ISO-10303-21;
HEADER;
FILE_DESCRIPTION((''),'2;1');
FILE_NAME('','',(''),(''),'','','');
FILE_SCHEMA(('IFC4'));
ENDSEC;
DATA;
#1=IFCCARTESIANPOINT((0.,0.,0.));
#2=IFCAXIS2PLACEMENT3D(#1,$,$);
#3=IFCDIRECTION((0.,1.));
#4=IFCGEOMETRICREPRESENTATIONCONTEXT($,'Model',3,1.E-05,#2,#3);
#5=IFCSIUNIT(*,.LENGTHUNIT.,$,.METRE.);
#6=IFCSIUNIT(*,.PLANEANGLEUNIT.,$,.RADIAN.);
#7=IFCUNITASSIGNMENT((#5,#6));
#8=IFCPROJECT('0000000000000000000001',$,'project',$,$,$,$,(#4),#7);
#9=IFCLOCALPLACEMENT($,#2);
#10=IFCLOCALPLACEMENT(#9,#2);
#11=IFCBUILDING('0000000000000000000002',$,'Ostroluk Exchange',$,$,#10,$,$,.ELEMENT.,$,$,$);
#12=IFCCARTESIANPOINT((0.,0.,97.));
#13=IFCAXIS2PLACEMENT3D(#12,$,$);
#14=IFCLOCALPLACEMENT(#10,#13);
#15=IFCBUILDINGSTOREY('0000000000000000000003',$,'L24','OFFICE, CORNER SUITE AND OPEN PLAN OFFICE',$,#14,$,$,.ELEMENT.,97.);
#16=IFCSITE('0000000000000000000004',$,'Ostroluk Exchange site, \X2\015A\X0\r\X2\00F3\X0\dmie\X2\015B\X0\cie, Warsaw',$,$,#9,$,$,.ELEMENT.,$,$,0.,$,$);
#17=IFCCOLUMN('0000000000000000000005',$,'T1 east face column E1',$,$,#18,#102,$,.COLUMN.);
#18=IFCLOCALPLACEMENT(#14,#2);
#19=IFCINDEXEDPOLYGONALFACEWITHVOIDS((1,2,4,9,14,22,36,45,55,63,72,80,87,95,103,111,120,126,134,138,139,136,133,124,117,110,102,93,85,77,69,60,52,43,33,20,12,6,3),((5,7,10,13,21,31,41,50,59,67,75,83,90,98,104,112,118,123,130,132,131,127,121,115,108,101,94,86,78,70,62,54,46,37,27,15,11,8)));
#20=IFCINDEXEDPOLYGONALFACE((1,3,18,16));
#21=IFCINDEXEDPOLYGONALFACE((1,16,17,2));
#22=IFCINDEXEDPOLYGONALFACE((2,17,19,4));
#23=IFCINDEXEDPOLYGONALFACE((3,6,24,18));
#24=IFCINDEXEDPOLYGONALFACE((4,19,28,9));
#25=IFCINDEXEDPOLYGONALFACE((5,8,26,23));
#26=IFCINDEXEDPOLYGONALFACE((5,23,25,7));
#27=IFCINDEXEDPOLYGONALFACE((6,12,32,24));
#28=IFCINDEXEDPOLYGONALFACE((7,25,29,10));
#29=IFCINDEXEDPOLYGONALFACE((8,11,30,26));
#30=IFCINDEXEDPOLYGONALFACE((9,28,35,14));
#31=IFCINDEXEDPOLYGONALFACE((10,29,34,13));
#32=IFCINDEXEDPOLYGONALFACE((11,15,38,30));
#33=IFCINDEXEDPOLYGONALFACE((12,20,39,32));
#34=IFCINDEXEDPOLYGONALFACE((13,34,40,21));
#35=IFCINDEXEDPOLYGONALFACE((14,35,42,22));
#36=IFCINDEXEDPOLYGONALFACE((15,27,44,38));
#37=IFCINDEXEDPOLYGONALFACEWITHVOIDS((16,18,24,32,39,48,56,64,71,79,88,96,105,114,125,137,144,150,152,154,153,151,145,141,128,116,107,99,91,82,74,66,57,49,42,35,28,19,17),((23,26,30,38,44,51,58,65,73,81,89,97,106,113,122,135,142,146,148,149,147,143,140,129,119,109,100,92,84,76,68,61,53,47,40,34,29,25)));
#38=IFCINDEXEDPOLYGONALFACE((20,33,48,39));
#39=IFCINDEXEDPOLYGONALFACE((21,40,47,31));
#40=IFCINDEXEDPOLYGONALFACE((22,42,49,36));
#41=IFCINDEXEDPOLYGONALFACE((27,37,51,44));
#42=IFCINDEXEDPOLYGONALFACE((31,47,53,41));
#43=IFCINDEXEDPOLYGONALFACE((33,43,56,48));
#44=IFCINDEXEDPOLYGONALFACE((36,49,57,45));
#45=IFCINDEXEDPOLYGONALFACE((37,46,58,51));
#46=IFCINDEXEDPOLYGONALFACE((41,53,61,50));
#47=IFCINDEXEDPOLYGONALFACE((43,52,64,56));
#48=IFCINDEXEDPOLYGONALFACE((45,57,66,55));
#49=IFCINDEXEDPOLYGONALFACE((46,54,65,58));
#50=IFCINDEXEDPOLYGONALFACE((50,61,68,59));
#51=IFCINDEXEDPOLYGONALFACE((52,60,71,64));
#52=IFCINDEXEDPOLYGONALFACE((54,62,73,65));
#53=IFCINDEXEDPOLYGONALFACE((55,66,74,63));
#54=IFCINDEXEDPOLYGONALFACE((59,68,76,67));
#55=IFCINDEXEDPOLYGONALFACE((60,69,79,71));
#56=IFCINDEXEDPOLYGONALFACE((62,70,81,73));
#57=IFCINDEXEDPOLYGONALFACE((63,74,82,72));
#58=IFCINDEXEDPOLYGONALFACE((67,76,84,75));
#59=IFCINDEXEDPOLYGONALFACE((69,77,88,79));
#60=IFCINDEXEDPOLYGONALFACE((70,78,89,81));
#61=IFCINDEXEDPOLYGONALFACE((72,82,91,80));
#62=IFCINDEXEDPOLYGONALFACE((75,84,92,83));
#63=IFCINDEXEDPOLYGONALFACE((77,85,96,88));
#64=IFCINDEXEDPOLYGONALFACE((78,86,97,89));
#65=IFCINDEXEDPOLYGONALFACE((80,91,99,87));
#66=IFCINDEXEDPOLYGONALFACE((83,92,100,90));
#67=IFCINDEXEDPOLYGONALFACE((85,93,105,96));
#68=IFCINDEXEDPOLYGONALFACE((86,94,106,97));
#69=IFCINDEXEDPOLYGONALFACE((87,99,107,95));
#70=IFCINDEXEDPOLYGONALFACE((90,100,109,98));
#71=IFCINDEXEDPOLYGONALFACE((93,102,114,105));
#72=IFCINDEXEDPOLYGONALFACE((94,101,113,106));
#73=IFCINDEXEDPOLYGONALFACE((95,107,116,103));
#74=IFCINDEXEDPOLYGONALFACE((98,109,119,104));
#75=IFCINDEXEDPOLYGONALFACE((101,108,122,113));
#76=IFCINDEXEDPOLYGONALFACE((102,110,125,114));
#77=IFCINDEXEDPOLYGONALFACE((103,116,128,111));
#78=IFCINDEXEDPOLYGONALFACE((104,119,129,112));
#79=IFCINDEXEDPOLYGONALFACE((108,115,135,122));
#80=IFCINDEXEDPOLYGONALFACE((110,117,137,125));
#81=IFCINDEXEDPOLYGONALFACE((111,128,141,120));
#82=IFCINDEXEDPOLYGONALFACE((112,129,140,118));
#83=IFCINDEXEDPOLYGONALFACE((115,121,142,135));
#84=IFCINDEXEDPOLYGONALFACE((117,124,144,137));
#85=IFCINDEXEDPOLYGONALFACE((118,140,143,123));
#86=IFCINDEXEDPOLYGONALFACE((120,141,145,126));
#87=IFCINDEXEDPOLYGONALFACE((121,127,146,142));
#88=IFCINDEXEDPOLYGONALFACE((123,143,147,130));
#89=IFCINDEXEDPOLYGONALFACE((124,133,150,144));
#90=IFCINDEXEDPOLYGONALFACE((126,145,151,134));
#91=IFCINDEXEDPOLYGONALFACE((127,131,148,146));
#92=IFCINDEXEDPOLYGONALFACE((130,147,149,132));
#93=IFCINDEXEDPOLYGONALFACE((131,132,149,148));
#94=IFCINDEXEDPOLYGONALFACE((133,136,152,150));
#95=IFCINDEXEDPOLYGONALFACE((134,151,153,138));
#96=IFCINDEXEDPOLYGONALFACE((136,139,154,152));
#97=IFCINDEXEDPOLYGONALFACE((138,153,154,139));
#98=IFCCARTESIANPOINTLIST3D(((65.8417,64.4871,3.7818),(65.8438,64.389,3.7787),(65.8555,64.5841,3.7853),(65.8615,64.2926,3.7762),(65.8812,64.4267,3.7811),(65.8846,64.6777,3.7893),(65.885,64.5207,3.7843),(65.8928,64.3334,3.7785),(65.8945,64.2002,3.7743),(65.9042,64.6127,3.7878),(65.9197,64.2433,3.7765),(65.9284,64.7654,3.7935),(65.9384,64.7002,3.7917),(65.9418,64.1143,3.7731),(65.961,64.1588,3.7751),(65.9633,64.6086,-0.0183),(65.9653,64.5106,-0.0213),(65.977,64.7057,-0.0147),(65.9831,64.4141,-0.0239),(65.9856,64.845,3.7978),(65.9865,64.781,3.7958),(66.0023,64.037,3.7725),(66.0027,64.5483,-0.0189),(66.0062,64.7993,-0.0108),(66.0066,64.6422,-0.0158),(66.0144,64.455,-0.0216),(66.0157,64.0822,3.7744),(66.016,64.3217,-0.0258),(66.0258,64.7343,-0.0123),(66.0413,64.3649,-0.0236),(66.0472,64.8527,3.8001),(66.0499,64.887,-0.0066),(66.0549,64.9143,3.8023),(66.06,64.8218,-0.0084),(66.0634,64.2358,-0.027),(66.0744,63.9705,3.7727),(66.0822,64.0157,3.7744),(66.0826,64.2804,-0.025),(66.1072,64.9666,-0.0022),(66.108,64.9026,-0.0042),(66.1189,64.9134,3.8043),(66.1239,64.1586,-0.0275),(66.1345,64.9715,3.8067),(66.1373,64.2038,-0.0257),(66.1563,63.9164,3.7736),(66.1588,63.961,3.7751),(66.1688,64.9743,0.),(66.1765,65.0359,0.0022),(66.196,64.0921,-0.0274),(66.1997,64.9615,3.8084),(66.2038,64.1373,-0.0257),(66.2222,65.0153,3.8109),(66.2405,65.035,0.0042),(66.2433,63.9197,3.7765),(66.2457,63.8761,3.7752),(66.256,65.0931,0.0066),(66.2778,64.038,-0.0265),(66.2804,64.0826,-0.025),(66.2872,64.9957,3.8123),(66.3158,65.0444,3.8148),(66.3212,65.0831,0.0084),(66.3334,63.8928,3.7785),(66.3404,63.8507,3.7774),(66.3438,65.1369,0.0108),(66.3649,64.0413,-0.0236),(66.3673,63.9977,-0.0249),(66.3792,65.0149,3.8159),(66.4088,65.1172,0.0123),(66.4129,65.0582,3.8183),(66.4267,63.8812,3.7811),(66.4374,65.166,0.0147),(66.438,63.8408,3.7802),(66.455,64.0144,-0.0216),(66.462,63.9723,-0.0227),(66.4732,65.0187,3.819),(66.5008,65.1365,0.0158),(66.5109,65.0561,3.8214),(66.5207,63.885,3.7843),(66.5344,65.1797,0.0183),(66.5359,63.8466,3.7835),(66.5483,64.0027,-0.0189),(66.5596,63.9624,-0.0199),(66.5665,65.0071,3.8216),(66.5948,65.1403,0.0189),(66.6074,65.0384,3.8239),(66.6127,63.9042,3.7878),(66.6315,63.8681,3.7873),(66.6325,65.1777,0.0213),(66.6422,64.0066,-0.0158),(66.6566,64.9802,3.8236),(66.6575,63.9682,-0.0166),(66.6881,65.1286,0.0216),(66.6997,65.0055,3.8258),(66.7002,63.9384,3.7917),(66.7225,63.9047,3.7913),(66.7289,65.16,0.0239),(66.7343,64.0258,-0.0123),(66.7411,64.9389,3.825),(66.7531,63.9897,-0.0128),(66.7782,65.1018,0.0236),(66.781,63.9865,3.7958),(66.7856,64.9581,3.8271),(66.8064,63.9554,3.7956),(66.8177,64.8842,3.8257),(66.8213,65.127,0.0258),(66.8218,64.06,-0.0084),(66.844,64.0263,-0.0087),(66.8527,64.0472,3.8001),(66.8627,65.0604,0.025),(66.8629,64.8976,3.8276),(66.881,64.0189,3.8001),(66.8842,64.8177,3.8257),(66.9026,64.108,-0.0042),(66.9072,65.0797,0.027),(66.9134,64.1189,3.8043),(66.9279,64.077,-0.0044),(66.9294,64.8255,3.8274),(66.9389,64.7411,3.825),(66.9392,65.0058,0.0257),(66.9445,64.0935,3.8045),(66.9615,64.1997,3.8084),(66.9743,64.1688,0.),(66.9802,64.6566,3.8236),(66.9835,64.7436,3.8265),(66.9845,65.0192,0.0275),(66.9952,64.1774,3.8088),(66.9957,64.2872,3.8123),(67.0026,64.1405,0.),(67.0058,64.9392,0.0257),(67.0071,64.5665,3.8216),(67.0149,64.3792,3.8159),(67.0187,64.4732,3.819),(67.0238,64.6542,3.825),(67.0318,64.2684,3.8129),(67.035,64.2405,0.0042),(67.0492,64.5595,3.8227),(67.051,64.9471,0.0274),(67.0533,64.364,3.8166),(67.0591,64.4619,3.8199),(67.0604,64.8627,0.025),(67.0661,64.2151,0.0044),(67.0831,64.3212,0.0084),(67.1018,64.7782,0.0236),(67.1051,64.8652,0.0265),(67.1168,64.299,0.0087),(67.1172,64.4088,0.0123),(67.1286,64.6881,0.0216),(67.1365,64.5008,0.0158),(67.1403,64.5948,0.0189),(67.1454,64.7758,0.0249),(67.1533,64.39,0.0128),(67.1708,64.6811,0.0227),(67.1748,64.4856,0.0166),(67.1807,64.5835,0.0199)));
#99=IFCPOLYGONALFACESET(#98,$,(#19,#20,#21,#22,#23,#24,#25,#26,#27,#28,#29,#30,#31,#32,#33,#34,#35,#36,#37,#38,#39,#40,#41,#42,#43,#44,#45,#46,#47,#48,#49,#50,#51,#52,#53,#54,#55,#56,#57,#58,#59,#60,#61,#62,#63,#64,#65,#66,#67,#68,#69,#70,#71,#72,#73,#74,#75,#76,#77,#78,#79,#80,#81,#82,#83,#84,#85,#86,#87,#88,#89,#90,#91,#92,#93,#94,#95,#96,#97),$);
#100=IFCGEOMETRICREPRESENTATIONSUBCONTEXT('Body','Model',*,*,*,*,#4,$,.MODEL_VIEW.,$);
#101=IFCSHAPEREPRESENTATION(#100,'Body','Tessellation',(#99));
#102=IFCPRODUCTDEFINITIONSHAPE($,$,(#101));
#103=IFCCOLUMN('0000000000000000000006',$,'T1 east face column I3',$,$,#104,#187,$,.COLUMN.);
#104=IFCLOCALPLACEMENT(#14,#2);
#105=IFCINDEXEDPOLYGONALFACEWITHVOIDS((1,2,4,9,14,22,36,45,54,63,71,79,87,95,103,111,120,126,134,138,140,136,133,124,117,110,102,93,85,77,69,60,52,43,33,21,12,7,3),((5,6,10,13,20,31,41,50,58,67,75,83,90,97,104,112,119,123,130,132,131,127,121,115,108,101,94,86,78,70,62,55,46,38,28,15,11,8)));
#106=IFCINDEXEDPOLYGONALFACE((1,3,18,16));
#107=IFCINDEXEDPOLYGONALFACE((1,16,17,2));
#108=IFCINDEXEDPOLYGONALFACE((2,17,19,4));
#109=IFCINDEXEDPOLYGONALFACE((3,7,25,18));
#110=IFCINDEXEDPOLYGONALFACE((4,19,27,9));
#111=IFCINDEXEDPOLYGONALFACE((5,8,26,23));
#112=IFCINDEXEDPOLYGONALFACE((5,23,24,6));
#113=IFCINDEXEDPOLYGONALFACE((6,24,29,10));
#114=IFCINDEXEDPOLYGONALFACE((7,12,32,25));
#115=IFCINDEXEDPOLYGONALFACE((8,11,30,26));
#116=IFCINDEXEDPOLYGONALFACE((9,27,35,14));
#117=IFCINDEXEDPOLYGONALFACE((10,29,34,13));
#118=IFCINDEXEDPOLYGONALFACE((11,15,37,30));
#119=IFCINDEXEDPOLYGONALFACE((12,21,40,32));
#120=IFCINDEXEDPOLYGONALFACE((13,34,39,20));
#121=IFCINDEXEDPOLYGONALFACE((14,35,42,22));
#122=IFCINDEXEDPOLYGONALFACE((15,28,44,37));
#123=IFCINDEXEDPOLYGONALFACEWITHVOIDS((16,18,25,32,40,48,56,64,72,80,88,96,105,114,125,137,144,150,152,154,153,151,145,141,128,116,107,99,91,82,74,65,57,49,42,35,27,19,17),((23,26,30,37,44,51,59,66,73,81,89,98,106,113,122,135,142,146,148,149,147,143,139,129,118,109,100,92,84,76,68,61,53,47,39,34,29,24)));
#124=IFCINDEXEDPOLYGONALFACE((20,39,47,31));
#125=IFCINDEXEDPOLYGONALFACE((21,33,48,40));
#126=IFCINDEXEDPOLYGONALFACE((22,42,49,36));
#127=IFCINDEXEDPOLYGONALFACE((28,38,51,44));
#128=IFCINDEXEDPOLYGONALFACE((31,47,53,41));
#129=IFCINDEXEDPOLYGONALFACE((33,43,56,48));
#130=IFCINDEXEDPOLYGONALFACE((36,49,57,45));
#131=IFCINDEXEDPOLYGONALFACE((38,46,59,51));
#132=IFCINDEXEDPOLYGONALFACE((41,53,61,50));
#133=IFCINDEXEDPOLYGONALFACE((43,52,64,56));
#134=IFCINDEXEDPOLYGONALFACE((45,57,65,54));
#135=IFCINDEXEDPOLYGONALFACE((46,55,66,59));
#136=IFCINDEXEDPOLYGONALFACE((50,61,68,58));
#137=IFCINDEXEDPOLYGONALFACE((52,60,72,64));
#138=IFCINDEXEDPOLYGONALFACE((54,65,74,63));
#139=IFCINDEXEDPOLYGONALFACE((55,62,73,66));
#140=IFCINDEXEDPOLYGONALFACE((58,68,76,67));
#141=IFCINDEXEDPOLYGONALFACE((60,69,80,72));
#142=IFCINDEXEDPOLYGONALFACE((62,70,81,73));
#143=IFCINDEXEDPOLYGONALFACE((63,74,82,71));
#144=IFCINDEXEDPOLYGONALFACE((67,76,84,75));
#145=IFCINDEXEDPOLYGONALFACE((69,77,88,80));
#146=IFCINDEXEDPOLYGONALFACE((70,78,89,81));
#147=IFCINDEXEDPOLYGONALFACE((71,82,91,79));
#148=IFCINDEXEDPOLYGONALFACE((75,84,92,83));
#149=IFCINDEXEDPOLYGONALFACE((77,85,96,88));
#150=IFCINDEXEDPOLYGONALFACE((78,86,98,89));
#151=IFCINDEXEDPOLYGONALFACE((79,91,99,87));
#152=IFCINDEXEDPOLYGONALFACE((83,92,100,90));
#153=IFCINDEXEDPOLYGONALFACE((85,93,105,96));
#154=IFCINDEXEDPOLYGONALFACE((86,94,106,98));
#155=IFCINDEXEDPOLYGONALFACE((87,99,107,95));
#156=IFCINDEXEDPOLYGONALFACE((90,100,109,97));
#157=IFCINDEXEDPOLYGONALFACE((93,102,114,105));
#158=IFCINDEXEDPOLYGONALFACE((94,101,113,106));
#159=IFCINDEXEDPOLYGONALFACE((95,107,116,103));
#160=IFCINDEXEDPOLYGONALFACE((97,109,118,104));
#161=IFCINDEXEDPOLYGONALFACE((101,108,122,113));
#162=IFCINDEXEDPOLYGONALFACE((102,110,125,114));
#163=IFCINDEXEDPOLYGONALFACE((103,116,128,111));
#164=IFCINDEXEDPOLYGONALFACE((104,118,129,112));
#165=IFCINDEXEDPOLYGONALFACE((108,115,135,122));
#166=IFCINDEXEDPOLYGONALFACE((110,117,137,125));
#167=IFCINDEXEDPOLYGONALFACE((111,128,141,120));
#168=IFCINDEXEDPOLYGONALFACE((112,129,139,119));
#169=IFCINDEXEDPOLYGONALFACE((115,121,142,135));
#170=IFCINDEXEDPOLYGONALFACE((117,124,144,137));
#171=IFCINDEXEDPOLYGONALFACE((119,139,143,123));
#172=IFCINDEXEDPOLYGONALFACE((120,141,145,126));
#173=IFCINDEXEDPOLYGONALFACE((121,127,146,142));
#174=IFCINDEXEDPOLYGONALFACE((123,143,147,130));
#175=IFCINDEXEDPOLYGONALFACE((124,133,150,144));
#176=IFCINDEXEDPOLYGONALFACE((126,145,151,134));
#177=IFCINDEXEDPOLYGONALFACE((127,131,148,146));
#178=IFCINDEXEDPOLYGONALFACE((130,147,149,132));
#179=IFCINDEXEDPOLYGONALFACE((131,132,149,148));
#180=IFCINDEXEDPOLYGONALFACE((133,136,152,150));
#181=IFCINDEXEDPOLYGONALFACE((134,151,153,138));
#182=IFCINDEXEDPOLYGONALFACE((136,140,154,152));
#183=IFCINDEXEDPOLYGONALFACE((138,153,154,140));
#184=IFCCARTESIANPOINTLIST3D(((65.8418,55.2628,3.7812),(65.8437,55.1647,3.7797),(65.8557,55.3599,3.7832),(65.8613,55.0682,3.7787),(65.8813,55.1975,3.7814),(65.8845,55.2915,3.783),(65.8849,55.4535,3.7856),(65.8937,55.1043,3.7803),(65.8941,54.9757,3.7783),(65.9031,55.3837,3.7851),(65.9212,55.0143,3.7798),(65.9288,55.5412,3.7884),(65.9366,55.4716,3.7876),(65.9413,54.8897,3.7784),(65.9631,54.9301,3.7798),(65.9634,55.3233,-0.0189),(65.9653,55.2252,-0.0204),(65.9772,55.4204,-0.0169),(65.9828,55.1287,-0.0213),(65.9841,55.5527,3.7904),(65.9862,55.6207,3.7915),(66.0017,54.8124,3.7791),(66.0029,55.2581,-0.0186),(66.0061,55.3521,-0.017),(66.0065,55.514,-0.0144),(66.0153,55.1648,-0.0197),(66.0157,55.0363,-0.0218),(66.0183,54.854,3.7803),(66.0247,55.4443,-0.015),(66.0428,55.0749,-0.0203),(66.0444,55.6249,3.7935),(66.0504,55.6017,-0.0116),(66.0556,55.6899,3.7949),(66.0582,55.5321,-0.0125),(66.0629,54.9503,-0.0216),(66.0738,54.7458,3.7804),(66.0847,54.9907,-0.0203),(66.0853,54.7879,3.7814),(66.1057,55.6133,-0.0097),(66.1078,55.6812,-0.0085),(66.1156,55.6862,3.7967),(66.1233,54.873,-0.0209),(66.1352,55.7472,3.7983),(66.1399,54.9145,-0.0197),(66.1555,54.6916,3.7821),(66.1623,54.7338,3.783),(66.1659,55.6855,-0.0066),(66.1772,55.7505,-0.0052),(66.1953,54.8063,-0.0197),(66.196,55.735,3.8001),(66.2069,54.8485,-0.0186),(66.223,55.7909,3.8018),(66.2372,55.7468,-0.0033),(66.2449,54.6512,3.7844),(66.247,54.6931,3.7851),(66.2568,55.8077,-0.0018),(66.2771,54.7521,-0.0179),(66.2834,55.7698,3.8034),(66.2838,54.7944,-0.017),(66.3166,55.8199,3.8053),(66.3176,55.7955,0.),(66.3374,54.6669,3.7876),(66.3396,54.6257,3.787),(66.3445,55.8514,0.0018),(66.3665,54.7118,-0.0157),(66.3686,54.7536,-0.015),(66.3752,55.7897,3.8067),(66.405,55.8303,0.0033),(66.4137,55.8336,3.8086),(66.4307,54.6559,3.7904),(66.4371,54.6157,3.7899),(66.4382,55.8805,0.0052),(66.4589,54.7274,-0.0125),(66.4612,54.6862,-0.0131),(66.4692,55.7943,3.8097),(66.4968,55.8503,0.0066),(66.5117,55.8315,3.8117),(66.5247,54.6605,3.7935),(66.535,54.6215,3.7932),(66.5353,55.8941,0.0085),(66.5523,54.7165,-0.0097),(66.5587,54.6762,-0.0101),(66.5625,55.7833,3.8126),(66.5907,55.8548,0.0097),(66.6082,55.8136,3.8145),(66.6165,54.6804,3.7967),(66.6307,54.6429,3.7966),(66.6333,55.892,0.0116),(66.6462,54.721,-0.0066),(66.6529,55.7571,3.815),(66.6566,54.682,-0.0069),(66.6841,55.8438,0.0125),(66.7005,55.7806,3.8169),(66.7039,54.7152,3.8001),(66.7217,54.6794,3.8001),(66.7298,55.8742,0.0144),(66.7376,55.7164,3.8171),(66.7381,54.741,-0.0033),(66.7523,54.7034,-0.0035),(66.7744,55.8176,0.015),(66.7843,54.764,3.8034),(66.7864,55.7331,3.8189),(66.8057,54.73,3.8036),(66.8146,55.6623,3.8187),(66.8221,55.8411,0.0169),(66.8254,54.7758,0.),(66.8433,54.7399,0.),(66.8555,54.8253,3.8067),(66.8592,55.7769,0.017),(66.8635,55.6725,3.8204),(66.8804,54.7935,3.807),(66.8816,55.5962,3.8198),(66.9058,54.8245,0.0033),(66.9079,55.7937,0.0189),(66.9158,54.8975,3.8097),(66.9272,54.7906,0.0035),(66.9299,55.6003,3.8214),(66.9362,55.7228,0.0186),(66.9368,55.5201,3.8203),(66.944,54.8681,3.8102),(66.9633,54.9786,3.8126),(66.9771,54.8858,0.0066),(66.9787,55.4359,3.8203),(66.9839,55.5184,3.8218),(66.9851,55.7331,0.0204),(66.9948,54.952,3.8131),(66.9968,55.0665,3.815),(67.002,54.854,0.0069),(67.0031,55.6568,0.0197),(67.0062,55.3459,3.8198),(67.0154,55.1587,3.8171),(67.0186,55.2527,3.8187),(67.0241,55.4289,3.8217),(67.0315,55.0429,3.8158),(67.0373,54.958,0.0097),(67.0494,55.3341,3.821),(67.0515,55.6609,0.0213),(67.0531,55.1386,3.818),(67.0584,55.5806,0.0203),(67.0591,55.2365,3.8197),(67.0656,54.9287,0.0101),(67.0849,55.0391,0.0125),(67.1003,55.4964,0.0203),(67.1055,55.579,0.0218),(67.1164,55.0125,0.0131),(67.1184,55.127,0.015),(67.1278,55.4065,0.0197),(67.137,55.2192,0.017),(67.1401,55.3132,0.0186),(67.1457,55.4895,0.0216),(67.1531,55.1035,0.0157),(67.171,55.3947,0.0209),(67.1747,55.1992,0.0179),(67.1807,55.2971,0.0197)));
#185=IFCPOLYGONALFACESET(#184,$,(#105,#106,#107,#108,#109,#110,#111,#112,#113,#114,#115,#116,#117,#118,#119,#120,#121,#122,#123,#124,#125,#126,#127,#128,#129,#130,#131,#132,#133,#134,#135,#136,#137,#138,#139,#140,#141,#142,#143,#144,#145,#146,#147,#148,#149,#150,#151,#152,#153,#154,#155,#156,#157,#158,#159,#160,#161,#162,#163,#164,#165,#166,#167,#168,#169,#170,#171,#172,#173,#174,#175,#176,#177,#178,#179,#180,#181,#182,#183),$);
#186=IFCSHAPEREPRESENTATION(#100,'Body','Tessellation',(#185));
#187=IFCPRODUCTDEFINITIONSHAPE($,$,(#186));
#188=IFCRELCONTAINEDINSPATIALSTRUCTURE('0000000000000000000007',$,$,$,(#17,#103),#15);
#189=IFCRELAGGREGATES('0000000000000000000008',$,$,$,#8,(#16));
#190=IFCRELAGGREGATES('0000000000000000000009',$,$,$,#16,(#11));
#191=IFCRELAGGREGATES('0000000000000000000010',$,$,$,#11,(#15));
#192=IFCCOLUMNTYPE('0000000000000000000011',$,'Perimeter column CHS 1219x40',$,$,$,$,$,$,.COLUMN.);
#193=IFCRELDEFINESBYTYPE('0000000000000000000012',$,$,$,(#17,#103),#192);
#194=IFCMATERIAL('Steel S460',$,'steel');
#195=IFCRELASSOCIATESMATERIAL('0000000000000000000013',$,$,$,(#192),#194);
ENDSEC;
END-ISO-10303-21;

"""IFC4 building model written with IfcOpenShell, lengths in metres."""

from ifc_helpers import new_model, si_unit, direction, frame, origin, origin_2d, place, context, subcontext, project, spatial, hollow_circle, extrude, material, material_profile, profile_set, type_object, element, save


model = new_model("IFC4")

# Units and contexts
model_context = context("Model", 3, precision=1e-05, world=origin(), true_north=direction((0.0, 1.0)))
body_context = subcontext(model_context, "Body", "Model", "MODEL_VIEW")
ifc_project = project(units=[si_unit("LENGTHUNIT", "METRE"), si_unit("PLANEANGLEUNIT", "RADIAN")], contexts=[model_context])

# Site, building, storey
site_placement = place(None, origin())
site = spatial("IfcSite", under=ifc_project, at=site_placement, Name="Ostroluk Exchange site, Śródmieście, Warsaw", CompositionType="ELEMENT", RefElevation=0.0)
building_placement = place(site_placement, origin())
building = spatial("IfcBuilding", under=site, at=building_placement, Name="Ostroluk Exchange", CompositionType="ELEMENT")
storey_placement = place(building_placement, frame((0.0, 0.0, 97.0)))
storey = spatial("IfcBuildingStorey", under=building, at=storey_placement, Name="L24", Description="OFFICE, CORNER SUITE AND OPEN PLAN OFFICE", CompositionType="ELEMENT", Elevation=97.0)

# Columns
ifc_material_1 = material(Name="Steel S460", Category="steel")
ifc_material_profile_1 = material_profile(ifc_material_1, hollow_circle(Radius=0.6096, WallThickness=0.04, at=origin_2d()), Name="CHS 1219x40")
ifc_profile_set_1 = profile_set([ifc_material_profile_1], Name="Steel S460")
column_type = type_object("IfcColumnType", Name="Perimeter column CHS 1219x40", PredefinedType="COLUMN", material=ifc_profile_set_1)
column_1_placement = place(storey_placement, frame((66.5715, 64.5715, 0.0), z_axis=(-0.031962, -0.031962, 0.998978), x_axis=(0.707107, -0.707107, 0.0)))
element("IfcColumn", 1, at=column_1_placement, inside=storey, type_object=column_type, Name="T1 east face column E1", PredefinedType="COLUMN", context=body_context, shape_type="SweptSolid", body=[
    extrude(hollow_circle(Radius=0.6096, WallThickness=0.04, at=origin_2d()), origin(), (0.0, 0.0, 1.0), 3.804),
])
column_2_placement = place(storey_placement, frame((66.5715, 55.2856, 0.0), z_axis=(-0.031974, -0.015923, 0.999362), x_axis=(0.445775, -0.895145, 0.0)))
element("IfcColumn", 2, at=column_2_placement, inside=storey, type_object=column_type, Name="T1 east face column I3", PredefinedType="COLUMN", context=body_context, shape_type="SweptSolid", body=[
    extrude(hollow_circle(Radius=0.6096, WallThickness=0.04, at=origin_2d()), origin(), (0.0, 0.0, 1.0), 3.8025),
])

save(model, "model.ifc")
